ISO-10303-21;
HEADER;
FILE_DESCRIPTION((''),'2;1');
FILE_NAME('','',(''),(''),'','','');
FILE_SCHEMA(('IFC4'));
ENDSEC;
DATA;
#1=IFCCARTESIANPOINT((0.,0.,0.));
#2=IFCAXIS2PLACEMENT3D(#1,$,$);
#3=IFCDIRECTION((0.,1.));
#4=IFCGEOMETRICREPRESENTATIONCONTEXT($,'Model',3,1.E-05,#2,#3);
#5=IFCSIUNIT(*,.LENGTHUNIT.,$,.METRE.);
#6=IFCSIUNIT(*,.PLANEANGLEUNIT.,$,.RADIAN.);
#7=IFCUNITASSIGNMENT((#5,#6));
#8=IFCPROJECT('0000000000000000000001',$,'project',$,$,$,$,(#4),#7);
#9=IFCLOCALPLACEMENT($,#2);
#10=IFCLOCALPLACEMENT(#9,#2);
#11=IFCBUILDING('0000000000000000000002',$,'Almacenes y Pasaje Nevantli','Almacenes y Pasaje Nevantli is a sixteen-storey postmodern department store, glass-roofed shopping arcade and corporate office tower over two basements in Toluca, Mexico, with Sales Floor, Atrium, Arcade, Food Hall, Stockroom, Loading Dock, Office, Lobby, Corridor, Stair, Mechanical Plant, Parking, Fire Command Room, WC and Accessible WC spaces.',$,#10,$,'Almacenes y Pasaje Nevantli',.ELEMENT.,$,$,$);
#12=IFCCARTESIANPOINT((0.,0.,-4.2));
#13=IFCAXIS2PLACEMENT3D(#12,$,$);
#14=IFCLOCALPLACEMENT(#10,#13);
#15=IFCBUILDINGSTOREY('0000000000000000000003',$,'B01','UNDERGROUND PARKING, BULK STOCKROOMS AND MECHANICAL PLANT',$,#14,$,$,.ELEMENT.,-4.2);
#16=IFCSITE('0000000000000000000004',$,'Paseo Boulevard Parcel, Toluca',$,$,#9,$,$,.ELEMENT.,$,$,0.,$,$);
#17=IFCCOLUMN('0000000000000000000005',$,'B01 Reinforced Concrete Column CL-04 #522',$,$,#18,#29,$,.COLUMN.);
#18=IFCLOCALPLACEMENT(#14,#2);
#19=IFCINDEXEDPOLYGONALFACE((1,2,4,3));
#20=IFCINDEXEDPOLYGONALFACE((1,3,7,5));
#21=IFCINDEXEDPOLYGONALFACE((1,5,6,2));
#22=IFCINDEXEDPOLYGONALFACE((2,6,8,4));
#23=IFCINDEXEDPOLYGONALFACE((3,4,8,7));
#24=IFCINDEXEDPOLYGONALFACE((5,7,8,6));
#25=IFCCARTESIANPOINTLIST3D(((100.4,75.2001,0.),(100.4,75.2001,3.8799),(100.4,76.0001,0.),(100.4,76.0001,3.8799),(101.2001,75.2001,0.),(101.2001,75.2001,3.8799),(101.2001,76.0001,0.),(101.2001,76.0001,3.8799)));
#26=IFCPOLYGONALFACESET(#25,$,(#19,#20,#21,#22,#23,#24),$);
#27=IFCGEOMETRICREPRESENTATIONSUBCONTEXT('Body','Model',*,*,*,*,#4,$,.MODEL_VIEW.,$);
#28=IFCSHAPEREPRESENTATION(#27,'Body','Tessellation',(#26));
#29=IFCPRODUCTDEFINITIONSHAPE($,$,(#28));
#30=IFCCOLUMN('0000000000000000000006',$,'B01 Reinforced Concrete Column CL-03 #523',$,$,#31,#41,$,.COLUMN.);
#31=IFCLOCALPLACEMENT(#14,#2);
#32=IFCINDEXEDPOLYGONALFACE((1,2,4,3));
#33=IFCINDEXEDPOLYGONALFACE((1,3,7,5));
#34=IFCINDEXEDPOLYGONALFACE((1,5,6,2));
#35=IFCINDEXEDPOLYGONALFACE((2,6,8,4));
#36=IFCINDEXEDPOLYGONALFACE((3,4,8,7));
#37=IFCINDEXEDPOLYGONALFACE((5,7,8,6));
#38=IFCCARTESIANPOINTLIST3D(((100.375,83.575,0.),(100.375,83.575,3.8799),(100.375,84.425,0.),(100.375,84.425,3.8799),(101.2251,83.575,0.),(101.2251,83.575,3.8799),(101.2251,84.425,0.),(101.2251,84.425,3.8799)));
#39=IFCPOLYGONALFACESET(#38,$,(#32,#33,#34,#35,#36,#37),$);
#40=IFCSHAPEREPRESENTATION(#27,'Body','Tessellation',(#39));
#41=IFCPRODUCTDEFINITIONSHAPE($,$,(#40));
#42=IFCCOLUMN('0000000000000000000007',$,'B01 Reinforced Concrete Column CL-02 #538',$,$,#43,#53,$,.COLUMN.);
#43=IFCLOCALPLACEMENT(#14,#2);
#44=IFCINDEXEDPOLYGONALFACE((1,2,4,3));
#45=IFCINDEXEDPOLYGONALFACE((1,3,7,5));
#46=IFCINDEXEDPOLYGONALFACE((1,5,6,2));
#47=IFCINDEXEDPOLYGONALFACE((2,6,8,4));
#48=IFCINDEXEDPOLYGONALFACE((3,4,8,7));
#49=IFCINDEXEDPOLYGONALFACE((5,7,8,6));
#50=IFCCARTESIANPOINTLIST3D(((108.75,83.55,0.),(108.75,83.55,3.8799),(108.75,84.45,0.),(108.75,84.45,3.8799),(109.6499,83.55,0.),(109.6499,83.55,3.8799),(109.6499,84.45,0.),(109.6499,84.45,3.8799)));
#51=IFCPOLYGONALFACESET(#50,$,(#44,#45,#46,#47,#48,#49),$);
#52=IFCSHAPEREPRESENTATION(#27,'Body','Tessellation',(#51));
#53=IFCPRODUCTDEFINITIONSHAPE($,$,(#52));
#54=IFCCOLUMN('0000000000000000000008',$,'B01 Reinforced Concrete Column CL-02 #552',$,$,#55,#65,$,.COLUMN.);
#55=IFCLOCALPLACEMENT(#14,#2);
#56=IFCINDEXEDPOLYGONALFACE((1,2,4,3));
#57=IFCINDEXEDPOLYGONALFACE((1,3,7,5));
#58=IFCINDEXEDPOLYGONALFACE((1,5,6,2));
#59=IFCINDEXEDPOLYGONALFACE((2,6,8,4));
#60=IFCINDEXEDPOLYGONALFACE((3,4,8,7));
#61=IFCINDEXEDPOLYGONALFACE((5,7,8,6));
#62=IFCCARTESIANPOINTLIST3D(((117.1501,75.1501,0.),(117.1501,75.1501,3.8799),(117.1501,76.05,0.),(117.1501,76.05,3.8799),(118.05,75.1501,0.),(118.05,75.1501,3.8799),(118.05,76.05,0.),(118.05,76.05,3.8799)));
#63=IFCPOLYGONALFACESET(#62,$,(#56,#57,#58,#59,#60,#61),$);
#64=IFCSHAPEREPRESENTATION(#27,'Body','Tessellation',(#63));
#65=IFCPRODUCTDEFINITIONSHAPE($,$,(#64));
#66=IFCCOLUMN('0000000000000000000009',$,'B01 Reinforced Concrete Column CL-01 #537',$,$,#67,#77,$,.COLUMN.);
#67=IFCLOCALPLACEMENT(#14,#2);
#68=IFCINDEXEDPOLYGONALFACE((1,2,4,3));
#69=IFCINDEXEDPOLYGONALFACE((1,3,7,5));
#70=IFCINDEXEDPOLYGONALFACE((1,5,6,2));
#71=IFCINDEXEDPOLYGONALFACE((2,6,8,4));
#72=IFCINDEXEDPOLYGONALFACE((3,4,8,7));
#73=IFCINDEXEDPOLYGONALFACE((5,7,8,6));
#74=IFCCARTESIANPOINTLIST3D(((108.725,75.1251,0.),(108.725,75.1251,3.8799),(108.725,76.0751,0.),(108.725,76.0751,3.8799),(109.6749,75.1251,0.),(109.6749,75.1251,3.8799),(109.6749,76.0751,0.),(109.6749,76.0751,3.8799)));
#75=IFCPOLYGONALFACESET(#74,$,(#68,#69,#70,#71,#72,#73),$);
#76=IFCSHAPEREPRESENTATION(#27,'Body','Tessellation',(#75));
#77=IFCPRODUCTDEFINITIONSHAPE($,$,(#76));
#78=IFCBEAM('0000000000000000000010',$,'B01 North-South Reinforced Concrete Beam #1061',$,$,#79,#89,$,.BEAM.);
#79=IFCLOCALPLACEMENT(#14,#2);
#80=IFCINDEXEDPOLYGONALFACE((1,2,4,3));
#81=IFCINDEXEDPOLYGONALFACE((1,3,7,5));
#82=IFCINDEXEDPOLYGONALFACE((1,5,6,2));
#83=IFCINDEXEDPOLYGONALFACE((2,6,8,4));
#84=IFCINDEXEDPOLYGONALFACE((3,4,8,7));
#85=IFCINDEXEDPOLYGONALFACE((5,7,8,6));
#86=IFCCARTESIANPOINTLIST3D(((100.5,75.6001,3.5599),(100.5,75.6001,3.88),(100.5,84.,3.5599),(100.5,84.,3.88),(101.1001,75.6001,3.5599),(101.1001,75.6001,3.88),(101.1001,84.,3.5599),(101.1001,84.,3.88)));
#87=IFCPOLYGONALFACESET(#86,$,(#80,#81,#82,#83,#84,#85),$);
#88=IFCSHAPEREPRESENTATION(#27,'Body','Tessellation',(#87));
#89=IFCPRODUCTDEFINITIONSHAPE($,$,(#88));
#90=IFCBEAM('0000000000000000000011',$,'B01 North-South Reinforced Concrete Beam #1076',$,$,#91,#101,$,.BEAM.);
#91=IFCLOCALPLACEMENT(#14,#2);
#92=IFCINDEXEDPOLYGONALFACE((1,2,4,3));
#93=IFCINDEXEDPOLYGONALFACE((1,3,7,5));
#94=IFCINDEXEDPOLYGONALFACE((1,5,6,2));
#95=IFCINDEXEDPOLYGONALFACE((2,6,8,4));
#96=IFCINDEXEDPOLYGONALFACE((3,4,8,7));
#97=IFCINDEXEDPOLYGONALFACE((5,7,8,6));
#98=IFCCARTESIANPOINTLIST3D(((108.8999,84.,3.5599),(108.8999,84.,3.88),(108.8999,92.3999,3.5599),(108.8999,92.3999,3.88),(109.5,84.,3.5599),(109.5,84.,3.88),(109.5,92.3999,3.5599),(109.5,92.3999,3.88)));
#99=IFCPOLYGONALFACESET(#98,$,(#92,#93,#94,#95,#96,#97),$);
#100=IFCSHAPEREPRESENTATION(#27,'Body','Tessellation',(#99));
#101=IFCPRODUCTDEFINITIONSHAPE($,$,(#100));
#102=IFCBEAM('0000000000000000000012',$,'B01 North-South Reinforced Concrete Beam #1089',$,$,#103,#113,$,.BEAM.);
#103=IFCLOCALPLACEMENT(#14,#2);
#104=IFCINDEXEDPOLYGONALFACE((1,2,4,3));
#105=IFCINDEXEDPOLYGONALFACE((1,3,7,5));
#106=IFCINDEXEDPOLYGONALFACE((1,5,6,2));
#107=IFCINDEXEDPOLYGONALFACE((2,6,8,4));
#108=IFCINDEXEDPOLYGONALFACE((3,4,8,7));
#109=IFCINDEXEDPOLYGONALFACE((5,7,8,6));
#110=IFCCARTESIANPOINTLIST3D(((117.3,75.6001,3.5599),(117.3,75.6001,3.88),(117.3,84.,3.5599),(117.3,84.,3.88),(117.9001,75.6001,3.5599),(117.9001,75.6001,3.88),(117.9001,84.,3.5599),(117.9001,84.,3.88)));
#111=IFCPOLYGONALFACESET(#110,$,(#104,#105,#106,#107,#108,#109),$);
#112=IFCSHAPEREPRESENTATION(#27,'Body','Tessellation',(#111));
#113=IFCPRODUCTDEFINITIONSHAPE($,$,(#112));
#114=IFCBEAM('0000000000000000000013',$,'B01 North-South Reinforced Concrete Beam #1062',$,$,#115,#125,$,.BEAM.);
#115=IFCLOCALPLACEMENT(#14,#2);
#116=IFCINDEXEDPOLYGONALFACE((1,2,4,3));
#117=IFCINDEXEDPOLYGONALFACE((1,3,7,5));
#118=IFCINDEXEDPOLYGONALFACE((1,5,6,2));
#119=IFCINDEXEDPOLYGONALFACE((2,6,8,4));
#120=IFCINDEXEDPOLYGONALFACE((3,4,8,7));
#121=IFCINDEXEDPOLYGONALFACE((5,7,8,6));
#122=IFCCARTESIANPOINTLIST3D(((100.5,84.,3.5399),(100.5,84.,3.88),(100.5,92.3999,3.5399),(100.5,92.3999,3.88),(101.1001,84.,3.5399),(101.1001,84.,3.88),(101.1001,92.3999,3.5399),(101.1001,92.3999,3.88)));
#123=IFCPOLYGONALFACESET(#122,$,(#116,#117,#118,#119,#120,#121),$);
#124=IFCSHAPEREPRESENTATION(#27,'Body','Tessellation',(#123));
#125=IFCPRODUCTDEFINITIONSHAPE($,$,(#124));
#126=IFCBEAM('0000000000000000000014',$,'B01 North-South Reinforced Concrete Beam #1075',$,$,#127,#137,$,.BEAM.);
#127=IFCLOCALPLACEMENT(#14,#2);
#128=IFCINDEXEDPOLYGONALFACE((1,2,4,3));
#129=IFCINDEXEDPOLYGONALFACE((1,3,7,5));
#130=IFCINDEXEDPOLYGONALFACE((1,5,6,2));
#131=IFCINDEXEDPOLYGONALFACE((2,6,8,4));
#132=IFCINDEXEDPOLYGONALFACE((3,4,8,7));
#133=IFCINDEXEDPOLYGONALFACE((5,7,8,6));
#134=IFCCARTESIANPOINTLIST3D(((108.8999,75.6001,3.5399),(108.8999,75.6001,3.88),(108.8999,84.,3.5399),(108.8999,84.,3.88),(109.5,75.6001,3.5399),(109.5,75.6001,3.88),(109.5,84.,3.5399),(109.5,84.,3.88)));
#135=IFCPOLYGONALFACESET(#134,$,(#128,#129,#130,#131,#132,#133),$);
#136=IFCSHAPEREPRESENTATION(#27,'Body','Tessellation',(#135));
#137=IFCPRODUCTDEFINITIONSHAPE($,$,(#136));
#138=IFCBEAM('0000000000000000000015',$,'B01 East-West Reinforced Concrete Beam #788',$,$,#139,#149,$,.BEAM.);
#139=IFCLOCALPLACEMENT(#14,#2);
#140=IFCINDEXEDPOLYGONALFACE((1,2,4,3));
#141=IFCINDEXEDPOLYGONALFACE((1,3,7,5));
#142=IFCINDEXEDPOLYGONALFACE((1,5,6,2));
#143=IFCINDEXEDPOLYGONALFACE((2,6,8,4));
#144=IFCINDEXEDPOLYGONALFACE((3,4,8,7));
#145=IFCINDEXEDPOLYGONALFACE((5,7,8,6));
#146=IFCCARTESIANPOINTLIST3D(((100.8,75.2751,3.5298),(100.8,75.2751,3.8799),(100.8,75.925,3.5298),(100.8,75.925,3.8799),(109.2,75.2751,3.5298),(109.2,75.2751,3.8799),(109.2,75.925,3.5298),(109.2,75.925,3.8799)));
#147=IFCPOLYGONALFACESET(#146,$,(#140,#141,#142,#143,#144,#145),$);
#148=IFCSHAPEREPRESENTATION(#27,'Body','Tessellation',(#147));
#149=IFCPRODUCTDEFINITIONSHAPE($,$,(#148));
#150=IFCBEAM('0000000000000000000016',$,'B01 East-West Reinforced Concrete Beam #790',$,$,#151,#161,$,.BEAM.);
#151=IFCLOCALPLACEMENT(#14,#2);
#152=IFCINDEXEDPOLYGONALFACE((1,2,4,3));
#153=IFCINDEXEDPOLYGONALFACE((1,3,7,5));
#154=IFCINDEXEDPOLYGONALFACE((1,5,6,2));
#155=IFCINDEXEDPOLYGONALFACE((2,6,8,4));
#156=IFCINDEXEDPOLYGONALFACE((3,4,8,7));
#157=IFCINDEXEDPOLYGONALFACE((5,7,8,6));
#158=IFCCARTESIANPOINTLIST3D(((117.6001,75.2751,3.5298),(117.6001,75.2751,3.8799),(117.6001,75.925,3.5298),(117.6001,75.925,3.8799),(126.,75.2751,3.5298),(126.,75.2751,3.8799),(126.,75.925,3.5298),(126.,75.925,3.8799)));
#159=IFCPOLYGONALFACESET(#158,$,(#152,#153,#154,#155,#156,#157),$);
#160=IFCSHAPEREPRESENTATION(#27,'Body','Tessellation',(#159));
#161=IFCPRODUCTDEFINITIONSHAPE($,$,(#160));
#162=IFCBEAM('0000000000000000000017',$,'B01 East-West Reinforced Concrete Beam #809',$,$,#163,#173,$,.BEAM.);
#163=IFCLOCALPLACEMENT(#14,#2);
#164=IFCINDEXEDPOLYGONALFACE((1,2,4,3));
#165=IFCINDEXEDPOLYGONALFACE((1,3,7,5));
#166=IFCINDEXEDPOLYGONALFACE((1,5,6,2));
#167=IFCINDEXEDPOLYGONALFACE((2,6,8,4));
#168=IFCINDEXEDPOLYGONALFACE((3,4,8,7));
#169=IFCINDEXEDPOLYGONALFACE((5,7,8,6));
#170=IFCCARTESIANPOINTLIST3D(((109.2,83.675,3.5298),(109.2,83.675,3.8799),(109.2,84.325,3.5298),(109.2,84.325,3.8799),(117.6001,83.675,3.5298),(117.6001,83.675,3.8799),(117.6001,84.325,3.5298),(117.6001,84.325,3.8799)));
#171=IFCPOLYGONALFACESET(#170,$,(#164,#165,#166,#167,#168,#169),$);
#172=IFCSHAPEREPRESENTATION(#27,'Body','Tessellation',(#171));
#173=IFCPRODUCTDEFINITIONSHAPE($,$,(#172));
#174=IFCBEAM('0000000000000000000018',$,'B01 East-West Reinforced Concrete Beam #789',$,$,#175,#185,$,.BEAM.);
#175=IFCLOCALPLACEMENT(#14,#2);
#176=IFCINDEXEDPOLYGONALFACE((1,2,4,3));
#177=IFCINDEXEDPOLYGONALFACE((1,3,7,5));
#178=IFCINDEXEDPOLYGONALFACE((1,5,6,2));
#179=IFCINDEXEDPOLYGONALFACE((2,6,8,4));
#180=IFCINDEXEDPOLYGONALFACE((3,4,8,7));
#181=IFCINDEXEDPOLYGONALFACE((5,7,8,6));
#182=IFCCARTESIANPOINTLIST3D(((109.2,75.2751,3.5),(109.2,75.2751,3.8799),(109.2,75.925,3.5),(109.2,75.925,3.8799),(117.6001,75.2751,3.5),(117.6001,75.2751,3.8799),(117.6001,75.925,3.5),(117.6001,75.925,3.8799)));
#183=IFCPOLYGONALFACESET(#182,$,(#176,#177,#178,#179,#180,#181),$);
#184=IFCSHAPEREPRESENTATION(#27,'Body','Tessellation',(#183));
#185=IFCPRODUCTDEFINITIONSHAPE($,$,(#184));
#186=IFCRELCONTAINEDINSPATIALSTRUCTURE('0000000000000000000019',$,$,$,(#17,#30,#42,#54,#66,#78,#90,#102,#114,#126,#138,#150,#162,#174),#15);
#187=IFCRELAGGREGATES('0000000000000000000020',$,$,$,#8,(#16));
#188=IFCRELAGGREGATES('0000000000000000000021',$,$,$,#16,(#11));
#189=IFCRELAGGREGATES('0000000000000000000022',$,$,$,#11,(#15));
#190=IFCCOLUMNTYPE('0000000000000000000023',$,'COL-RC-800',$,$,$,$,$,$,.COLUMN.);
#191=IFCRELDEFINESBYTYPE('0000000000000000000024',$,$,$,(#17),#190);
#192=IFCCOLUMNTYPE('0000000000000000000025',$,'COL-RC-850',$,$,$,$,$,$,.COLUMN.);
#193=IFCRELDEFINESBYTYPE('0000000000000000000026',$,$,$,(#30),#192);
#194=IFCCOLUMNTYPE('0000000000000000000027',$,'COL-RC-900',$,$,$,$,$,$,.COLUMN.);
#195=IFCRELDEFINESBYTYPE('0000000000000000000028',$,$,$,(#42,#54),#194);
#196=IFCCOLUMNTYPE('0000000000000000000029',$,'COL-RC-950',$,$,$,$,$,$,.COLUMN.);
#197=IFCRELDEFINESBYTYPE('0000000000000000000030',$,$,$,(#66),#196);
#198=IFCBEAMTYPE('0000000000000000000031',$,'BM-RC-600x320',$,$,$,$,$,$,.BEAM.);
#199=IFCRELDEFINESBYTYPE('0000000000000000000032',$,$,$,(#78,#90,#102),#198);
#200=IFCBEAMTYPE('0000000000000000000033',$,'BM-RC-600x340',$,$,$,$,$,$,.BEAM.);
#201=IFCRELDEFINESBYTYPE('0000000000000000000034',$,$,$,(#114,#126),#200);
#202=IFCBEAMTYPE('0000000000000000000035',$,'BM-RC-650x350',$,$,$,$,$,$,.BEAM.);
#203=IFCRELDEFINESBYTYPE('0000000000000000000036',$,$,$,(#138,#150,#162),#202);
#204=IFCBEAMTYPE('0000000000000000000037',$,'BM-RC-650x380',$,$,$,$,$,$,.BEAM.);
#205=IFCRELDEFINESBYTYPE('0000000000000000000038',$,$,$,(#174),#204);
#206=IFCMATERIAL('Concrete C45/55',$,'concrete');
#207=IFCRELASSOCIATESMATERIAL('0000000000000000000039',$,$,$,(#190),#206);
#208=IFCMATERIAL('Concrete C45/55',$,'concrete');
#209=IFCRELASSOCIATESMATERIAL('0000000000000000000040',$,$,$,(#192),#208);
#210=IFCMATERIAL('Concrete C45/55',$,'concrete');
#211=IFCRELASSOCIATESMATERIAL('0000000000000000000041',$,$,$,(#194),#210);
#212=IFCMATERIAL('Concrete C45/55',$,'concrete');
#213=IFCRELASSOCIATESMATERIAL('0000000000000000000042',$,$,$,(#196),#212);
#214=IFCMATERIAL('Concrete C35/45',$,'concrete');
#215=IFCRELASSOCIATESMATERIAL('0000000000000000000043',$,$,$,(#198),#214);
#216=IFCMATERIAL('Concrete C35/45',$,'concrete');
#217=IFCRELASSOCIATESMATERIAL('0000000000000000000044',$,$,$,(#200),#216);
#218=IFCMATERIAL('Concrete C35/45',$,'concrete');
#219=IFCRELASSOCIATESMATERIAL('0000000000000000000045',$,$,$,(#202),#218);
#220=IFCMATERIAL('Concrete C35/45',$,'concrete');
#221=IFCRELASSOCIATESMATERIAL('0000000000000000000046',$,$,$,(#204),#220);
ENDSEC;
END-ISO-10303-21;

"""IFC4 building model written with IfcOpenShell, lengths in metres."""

from ifc_helpers import new_model, si_unit, direction, frame, origin, origin_2d, place, context, subcontext, project, spatial, rectangle, extrude, material, material_profile, profile_set, type_object, element, save


model = new_model("IFC4")

# Units and contexts
model_context = context("Model", 3, precision=1e-05, world=origin(), true_north=direction((0.0, 1.0)))
body_context = subcontext(model_context, "Body", "Model", "MODEL_VIEW")
ifc_project = project(units=[si_unit("LENGTHUNIT", "METRE"), si_unit("PLANEANGLEUNIT", "RADIAN")], contexts=[model_context])

# Site, building, storey
site_placement = place(None, origin())
site = spatial("IfcSite", under=ifc_project, at=site_placement, Name="Paseo Boulevard Parcel, Toluca", CompositionType="ELEMENT", RefElevation=0.0)
building_placement = place(site_placement, origin())
building = spatial("IfcBuilding", under=site, at=building_placement, Name="Almacenes y Pasaje Nevantli", Description="Almacenes y Pasaje Nevantli is a sixteen-storey postmodern department store, glass-roofed shopping arcade and corporate office tower over two basements in Toluca, Mexico, with Sales Floor, Atrium, Arcade, Food Hall, Stockroom, Loading Dock, Office, Lobby, Corridor, Stair, Mechanical Plant, Parking, Fire Command Room, WC and Accessible WC spaces.", LongName="Almacenes y Pasaje Nevantli", CompositionType="ELEMENT")
storey_placement = place(building_placement, frame((0.0, 0.0, -4.2)))
storey = spatial("IfcBuildingStorey", under=building, at=storey_placement, Name="B01", Description="UNDERGROUND PARKING, BULK STOCKROOMS AND MECHANICAL PLANT", CompositionType="ELEMENT", Elevation=-4.2)

# Columns
ifc_material_1 = material(Name="Concrete C45/55", Category="concrete")
ifc_material_profile_1 = material_profile(ifc_material_1, rectangle(XDim=0.8, YDim=0.8, at=origin_2d()), Name="RC-COL-800x800")
ifc_profile_set_1 = profile_set([ifc_material_profile_1], Name="Concrete C45/55")
column_type_1 = type_object("IfcColumnType", Name="COL-RC-800", PredefinedType="COLUMN", material=ifc_profile_set_1)
column_1_placement = place(storey_placement, frame((100.8, 75.6001, 0.0), z_axis=(0.0, 0.0, 1.0), x_axis=(1.0, 0.0, 0.0)))
element("IfcColumn", 1, at=column_1_placement, inside=storey, type_object=column_type_1, Name="B01 Reinforced Concrete Column CL-04 #522", PredefinedType="COLUMN", context=body_context, shape_type="SweptSolid", body=[
    extrude(rectangle(XDim=0.8, YDim=0.8, at=origin_2d()), origin(), (0.0, 0.0, 1.0), 3.8799),
])
ifc_material_2 = material(Name="Concrete C45/55", Category="concrete")
ifc_material_profile_2 = material_profile(ifc_material_2, rectangle(XDim=0.8501, YDim=0.8501, at=origin_2d()), Name="RC-COL-850x850")
ifc_profile_set_2 = profile_set([ifc_material_profile_2], Name="Concrete C45/55")
column_type_2 = type_object("IfcColumnType", Name="COL-RC-850", PredefinedType="COLUMN", material=ifc_profile_set_2)
column_2_placement = place(storey_placement, frame((100.8, 84.0, 0.0), z_axis=(0.0, 0.0, 1.0), x_axis=(1.0, 0.0, 0.0)))
element("IfcColumn", 2, at=column_2_placement, inside=storey, type_object=column_type_2, Name="B01 Reinforced Concrete Column CL-03 #523", PredefinedType="COLUMN", context=body_context, shape_type="SweptSolid", body=[
    extrude(rectangle(XDim=0.8501, YDim=0.8501, at=origin_2d()), origin(), (0.0, 0.0, 1.0), 3.8799),
])
ifc_material_3 = material(Name="Concrete C45/55", Category="concrete")
ifc_material_profile_3 = material_profile(ifc_material_3, rectangle(XDim=0.8999, YDim=0.8999, at=origin_2d()), Name="RC-COL-900x900")
ifc_profile_set_3 = profile_set([ifc_material_profile_3], Name="Concrete C45/55")
column_type_3 = type_object("IfcColumnType", Name="COL-RC-900", PredefinedType="COLUMN", material=ifc_profile_set_3)
for number, where, z_axis, x_axis, name in (
    (3, (109.2, 84.0, 0.0), (0.0, 0.0, 1.0), (1.0, 0.0, 0.0), "B01 Reinforced Concrete Column CL-02 #538"),
    (4, (117.6001, 75.6001, 0.0), (0.0, 0.0, 1.0), (1.0, 0.0, 0.0), "B01 Reinforced Concrete Column CL-02 #552"),
):
    element("IfcColumn", number, at=place(storey_placement, frame(where, z_axis=z_axis, x_axis=x_axis)), inside=storey, type_object=column_type_3, Name=name, PredefinedType="COLUMN", context=body_context, shape_type="SweptSolid", body=[
        extrude(rectangle(XDim=0.8999, YDim=0.8999, at=origin_2d()), origin(), (0.0, 0.0, 1.0), 3.8799),
    ])
ifc_material_4 = material(Name="Concrete C45/55", Category="concrete")
ifc_material_profile_4 = material_profile(ifc_material_4, rectangle(XDim=0.95, YDim=0.95, at=origin_2d()), Name="RC-COL-950x950")
ifc_profile_set_4 = profile_set([ifc_material_profile_4], Name="Concrete C45/55")
column_type_4 = type_object("IfcColumnType", Name="COL-RC-950", PredefinedType="COLUMN", material=ifc_profile_set_4)
column_3_placement = place(storey_placement, frame((109.2, 75.6001, 0.0), z_axis=(0.0, 0.0, 1.0), x_axis=(1.0, 0.0, 0.0)))
element("IfcColumn", 5, at=column_3_placement, inside=storey, type_object=column_type_4, Name="B01 Reinforced Concrete Column CL-01 #537", PredefinedType="COLUMN", context=body_context, shape_type="SweptSolid", body=[
    extrude(rectangle(XDim=0.95, YDim=0.95, at=origin_2d()), origin(), (0.0, 0.0, 1.0), 3.8799),
])

# Beams
ifc_material_5 = material(Name="Concrete C35/45", Category="concrete")
ifc_material_profile_5 = material_profile(ifc_material_5, rectangle(XDim=0.6001, YDim=0.3201, at=origin_2d()), Name="RC-BM-600x320")
ifc_profile_set_5 = profile_set([ifc_material_profile_5], Name="Concrete C35/45")
beam_type_1 = type_object("IfcBeamType", Name="BM-RC-600x320", PredefinedType="BEAM", material=ifc_profile_set_5)
for number, where, z_axis, x_axis, name in (
    (6, (100.8, 75.6001, 3.72), (0.0, 1.0, 0.0), (-1.0, 0.0, 0.0), "B01 North-South Reinforced Concrete Beam #1061"),
    (7, (109.2, 84.0, 3.72), (0.0, 1.0, 0.0), (-1.0, 0.0, 0.0), "B01 North-South Reinforced Concrete Beam #1076"),
    (8, (117.6001, 75.6001, 3.72), (0.0, 1.0, 0.0), (-1.0, 0.0, 0.0), "B01 North-South Reinforced Concrete Beam #1089"),
):
    element("IfcBeam", number, at=place(storey_placement, frame(where, z_axis=z_axis, x_axis=x_axis)), inside=storey, type_object=beam_type_1, Name=name, PredefinedType="BEAM", context=body_context, shape_type="SweptSolid", body=[
        extrude(rectangle(XDim=0.6001, YDim=0.3201, at=origin_2d()), origin(), (0.0, 0.0, 1.0), 8.3999),
    ])
ifc_material_6 = material(Name="Concrete C35/45", Category="concrete")
ifc_material_profile_6 = material_profile(ifc_material_6, rectangle(XDim=0.6001, YDim=0.3401, at=origin_2d()), Name="RC-BM-600x340")
ifc_profile_set_6 = profile_set([ifc_material_profile_6], Name="Concrete C35/45")
beam_type_2 = type_object("IfcBeamType", Name="BM-RC-600x340", PredefinedType="BEAM", material=ifc_profile_set_6)
for number, where, z_axis, x_axis, name in (
    (9, (100.8, 84.0, 3.71), (0.0, 1.0, 0.0), (-1.0, 0.0, 0.0), "B01 North-South Reinforced Concrete Beam #1062"),
    (10, (109.2, 75.6001, 3.71), (0.0, 1.0, 0.0), (-1.0, 0.0, 0.0), "B01 North-South Reinforced Concrete Beam #1075"),
):
    element("IfcBeam", number, at=place(storey_placement, frame(where, z_axis=z_axis, x_axis=x_axis)), inside=storey, type_object=beam_type_2, Name=name, PredefinedType="BEAM", context=body_context, shape_type="SweptSolid", body=[
        extrude(rectangle(XDim=0.6001, YDim=0.3401, at=origin_2d()), origin(), (0.0, 0.0, 1.0), 8.3999),
    ])
ifc_material_7 = material(Name="Concrete C35/45", Category="concrete")
ifc_material_profile_7 = material_profile(ifc_material_7, rectangle(XDim=0.6499, YDim=0.3501, at=origin_2d()), Name="RC-BM-650x350")
ifc_profile_set_7 = profile_set([ifc_material_profile_7], Name="Concrete C35/45")
beam_type_3 = type_object("IfcBeamType", Name="BM-RC-650x350", PredefinedType="BEAM", material=ifc_profile_set_7)
for number, where, z_axis, x_axis, name in (
    (11, (100.8, 75.6001, 3.7048), (1.0, 0.0, 0.0), (0.0, 1.0, 0.0), "B01 East-West Reinforced Concrete Beam #788"),
    (12, (117.6001, 75.6001, 3.7048), (1.0, 0.0, 0.0), (0.0, 1.0, 0.0), "B01 East-West Reinforced Concrete Beam #790"),
):
    element("IfcBeam", number, at=place(storey_placement, frame(where, z_axis=z_axis, x_axis=x_axis)), inside=storey, type_object=beam_type_3, Name=name, PredefinedType="BEAM", context=body_context, shape_type="SweptSolid", body=[
        extrude(rectangle(XDim=0.6499, YDim=0.3501, at=origin_2d()), origin(), (0.0, 0.0, 1.0), 8.3999),
    ])
beam_1_placement = place(storey_placement, frame((109.2, 84.0, 3.7048), z_axis=(1.0, 0.0, 0.0), x_axis=(0.0, 1.0, 0.0)))
element("IfcBeam", 13, at=beam_1_placement, inside=storey, type_object=beam_type_3, Name="B01 East-West Reinforced Concrete Beam #809", PredefinedType="BEAM", context=body_context, shape_type="SweptSolid", body=[
    extrude(rectangle(XDim=0.6499, YDim=0.3501, at=origin_2d()), origin(), (0.0, 0.0, 1.0), 8.4001),
])
ifc_material_8 = material(Name="Concrete C35/45", Category="concrete")
ifc_material_profile_8 = material_profile(ifc_material_8, rectangle(XDim=0.6499, YDim=0.3799, at=origin_2d()), Name="RC-BM-650x380")
ifc_profile_set_8 = profile_set([ifc_material_profile_8], Name="Concrete C35/45")
beam_type_4 = type_object("IfcBeamType", Name="BM-RC-650x380", PredefinedType="BEAM", material=ifc_profile_set_8)
beam_2_placement = place(storey_placement, frame((109.2, 75.6001, 3.6899), z_axis=(1.0, 0.0, 0.0), x_axis=(0.0, 1.0, 0.0)))
element("IfcBeam", 14, at=beam_2_placement, inside=storey, type_object=beam_type_4, Name="B01 East-West Reinforced Concrete Beam #789", PredefinedType="BEAM", context=body_context, shape_type="SweptSolid", body=[
    extrude(rectangle(XDim=0.6499, YDim=0.3799, at=origin_2d()), origin(), (0.0, 0.0, 1.0), 8.4001),
])

save(model, "model.ifc")
